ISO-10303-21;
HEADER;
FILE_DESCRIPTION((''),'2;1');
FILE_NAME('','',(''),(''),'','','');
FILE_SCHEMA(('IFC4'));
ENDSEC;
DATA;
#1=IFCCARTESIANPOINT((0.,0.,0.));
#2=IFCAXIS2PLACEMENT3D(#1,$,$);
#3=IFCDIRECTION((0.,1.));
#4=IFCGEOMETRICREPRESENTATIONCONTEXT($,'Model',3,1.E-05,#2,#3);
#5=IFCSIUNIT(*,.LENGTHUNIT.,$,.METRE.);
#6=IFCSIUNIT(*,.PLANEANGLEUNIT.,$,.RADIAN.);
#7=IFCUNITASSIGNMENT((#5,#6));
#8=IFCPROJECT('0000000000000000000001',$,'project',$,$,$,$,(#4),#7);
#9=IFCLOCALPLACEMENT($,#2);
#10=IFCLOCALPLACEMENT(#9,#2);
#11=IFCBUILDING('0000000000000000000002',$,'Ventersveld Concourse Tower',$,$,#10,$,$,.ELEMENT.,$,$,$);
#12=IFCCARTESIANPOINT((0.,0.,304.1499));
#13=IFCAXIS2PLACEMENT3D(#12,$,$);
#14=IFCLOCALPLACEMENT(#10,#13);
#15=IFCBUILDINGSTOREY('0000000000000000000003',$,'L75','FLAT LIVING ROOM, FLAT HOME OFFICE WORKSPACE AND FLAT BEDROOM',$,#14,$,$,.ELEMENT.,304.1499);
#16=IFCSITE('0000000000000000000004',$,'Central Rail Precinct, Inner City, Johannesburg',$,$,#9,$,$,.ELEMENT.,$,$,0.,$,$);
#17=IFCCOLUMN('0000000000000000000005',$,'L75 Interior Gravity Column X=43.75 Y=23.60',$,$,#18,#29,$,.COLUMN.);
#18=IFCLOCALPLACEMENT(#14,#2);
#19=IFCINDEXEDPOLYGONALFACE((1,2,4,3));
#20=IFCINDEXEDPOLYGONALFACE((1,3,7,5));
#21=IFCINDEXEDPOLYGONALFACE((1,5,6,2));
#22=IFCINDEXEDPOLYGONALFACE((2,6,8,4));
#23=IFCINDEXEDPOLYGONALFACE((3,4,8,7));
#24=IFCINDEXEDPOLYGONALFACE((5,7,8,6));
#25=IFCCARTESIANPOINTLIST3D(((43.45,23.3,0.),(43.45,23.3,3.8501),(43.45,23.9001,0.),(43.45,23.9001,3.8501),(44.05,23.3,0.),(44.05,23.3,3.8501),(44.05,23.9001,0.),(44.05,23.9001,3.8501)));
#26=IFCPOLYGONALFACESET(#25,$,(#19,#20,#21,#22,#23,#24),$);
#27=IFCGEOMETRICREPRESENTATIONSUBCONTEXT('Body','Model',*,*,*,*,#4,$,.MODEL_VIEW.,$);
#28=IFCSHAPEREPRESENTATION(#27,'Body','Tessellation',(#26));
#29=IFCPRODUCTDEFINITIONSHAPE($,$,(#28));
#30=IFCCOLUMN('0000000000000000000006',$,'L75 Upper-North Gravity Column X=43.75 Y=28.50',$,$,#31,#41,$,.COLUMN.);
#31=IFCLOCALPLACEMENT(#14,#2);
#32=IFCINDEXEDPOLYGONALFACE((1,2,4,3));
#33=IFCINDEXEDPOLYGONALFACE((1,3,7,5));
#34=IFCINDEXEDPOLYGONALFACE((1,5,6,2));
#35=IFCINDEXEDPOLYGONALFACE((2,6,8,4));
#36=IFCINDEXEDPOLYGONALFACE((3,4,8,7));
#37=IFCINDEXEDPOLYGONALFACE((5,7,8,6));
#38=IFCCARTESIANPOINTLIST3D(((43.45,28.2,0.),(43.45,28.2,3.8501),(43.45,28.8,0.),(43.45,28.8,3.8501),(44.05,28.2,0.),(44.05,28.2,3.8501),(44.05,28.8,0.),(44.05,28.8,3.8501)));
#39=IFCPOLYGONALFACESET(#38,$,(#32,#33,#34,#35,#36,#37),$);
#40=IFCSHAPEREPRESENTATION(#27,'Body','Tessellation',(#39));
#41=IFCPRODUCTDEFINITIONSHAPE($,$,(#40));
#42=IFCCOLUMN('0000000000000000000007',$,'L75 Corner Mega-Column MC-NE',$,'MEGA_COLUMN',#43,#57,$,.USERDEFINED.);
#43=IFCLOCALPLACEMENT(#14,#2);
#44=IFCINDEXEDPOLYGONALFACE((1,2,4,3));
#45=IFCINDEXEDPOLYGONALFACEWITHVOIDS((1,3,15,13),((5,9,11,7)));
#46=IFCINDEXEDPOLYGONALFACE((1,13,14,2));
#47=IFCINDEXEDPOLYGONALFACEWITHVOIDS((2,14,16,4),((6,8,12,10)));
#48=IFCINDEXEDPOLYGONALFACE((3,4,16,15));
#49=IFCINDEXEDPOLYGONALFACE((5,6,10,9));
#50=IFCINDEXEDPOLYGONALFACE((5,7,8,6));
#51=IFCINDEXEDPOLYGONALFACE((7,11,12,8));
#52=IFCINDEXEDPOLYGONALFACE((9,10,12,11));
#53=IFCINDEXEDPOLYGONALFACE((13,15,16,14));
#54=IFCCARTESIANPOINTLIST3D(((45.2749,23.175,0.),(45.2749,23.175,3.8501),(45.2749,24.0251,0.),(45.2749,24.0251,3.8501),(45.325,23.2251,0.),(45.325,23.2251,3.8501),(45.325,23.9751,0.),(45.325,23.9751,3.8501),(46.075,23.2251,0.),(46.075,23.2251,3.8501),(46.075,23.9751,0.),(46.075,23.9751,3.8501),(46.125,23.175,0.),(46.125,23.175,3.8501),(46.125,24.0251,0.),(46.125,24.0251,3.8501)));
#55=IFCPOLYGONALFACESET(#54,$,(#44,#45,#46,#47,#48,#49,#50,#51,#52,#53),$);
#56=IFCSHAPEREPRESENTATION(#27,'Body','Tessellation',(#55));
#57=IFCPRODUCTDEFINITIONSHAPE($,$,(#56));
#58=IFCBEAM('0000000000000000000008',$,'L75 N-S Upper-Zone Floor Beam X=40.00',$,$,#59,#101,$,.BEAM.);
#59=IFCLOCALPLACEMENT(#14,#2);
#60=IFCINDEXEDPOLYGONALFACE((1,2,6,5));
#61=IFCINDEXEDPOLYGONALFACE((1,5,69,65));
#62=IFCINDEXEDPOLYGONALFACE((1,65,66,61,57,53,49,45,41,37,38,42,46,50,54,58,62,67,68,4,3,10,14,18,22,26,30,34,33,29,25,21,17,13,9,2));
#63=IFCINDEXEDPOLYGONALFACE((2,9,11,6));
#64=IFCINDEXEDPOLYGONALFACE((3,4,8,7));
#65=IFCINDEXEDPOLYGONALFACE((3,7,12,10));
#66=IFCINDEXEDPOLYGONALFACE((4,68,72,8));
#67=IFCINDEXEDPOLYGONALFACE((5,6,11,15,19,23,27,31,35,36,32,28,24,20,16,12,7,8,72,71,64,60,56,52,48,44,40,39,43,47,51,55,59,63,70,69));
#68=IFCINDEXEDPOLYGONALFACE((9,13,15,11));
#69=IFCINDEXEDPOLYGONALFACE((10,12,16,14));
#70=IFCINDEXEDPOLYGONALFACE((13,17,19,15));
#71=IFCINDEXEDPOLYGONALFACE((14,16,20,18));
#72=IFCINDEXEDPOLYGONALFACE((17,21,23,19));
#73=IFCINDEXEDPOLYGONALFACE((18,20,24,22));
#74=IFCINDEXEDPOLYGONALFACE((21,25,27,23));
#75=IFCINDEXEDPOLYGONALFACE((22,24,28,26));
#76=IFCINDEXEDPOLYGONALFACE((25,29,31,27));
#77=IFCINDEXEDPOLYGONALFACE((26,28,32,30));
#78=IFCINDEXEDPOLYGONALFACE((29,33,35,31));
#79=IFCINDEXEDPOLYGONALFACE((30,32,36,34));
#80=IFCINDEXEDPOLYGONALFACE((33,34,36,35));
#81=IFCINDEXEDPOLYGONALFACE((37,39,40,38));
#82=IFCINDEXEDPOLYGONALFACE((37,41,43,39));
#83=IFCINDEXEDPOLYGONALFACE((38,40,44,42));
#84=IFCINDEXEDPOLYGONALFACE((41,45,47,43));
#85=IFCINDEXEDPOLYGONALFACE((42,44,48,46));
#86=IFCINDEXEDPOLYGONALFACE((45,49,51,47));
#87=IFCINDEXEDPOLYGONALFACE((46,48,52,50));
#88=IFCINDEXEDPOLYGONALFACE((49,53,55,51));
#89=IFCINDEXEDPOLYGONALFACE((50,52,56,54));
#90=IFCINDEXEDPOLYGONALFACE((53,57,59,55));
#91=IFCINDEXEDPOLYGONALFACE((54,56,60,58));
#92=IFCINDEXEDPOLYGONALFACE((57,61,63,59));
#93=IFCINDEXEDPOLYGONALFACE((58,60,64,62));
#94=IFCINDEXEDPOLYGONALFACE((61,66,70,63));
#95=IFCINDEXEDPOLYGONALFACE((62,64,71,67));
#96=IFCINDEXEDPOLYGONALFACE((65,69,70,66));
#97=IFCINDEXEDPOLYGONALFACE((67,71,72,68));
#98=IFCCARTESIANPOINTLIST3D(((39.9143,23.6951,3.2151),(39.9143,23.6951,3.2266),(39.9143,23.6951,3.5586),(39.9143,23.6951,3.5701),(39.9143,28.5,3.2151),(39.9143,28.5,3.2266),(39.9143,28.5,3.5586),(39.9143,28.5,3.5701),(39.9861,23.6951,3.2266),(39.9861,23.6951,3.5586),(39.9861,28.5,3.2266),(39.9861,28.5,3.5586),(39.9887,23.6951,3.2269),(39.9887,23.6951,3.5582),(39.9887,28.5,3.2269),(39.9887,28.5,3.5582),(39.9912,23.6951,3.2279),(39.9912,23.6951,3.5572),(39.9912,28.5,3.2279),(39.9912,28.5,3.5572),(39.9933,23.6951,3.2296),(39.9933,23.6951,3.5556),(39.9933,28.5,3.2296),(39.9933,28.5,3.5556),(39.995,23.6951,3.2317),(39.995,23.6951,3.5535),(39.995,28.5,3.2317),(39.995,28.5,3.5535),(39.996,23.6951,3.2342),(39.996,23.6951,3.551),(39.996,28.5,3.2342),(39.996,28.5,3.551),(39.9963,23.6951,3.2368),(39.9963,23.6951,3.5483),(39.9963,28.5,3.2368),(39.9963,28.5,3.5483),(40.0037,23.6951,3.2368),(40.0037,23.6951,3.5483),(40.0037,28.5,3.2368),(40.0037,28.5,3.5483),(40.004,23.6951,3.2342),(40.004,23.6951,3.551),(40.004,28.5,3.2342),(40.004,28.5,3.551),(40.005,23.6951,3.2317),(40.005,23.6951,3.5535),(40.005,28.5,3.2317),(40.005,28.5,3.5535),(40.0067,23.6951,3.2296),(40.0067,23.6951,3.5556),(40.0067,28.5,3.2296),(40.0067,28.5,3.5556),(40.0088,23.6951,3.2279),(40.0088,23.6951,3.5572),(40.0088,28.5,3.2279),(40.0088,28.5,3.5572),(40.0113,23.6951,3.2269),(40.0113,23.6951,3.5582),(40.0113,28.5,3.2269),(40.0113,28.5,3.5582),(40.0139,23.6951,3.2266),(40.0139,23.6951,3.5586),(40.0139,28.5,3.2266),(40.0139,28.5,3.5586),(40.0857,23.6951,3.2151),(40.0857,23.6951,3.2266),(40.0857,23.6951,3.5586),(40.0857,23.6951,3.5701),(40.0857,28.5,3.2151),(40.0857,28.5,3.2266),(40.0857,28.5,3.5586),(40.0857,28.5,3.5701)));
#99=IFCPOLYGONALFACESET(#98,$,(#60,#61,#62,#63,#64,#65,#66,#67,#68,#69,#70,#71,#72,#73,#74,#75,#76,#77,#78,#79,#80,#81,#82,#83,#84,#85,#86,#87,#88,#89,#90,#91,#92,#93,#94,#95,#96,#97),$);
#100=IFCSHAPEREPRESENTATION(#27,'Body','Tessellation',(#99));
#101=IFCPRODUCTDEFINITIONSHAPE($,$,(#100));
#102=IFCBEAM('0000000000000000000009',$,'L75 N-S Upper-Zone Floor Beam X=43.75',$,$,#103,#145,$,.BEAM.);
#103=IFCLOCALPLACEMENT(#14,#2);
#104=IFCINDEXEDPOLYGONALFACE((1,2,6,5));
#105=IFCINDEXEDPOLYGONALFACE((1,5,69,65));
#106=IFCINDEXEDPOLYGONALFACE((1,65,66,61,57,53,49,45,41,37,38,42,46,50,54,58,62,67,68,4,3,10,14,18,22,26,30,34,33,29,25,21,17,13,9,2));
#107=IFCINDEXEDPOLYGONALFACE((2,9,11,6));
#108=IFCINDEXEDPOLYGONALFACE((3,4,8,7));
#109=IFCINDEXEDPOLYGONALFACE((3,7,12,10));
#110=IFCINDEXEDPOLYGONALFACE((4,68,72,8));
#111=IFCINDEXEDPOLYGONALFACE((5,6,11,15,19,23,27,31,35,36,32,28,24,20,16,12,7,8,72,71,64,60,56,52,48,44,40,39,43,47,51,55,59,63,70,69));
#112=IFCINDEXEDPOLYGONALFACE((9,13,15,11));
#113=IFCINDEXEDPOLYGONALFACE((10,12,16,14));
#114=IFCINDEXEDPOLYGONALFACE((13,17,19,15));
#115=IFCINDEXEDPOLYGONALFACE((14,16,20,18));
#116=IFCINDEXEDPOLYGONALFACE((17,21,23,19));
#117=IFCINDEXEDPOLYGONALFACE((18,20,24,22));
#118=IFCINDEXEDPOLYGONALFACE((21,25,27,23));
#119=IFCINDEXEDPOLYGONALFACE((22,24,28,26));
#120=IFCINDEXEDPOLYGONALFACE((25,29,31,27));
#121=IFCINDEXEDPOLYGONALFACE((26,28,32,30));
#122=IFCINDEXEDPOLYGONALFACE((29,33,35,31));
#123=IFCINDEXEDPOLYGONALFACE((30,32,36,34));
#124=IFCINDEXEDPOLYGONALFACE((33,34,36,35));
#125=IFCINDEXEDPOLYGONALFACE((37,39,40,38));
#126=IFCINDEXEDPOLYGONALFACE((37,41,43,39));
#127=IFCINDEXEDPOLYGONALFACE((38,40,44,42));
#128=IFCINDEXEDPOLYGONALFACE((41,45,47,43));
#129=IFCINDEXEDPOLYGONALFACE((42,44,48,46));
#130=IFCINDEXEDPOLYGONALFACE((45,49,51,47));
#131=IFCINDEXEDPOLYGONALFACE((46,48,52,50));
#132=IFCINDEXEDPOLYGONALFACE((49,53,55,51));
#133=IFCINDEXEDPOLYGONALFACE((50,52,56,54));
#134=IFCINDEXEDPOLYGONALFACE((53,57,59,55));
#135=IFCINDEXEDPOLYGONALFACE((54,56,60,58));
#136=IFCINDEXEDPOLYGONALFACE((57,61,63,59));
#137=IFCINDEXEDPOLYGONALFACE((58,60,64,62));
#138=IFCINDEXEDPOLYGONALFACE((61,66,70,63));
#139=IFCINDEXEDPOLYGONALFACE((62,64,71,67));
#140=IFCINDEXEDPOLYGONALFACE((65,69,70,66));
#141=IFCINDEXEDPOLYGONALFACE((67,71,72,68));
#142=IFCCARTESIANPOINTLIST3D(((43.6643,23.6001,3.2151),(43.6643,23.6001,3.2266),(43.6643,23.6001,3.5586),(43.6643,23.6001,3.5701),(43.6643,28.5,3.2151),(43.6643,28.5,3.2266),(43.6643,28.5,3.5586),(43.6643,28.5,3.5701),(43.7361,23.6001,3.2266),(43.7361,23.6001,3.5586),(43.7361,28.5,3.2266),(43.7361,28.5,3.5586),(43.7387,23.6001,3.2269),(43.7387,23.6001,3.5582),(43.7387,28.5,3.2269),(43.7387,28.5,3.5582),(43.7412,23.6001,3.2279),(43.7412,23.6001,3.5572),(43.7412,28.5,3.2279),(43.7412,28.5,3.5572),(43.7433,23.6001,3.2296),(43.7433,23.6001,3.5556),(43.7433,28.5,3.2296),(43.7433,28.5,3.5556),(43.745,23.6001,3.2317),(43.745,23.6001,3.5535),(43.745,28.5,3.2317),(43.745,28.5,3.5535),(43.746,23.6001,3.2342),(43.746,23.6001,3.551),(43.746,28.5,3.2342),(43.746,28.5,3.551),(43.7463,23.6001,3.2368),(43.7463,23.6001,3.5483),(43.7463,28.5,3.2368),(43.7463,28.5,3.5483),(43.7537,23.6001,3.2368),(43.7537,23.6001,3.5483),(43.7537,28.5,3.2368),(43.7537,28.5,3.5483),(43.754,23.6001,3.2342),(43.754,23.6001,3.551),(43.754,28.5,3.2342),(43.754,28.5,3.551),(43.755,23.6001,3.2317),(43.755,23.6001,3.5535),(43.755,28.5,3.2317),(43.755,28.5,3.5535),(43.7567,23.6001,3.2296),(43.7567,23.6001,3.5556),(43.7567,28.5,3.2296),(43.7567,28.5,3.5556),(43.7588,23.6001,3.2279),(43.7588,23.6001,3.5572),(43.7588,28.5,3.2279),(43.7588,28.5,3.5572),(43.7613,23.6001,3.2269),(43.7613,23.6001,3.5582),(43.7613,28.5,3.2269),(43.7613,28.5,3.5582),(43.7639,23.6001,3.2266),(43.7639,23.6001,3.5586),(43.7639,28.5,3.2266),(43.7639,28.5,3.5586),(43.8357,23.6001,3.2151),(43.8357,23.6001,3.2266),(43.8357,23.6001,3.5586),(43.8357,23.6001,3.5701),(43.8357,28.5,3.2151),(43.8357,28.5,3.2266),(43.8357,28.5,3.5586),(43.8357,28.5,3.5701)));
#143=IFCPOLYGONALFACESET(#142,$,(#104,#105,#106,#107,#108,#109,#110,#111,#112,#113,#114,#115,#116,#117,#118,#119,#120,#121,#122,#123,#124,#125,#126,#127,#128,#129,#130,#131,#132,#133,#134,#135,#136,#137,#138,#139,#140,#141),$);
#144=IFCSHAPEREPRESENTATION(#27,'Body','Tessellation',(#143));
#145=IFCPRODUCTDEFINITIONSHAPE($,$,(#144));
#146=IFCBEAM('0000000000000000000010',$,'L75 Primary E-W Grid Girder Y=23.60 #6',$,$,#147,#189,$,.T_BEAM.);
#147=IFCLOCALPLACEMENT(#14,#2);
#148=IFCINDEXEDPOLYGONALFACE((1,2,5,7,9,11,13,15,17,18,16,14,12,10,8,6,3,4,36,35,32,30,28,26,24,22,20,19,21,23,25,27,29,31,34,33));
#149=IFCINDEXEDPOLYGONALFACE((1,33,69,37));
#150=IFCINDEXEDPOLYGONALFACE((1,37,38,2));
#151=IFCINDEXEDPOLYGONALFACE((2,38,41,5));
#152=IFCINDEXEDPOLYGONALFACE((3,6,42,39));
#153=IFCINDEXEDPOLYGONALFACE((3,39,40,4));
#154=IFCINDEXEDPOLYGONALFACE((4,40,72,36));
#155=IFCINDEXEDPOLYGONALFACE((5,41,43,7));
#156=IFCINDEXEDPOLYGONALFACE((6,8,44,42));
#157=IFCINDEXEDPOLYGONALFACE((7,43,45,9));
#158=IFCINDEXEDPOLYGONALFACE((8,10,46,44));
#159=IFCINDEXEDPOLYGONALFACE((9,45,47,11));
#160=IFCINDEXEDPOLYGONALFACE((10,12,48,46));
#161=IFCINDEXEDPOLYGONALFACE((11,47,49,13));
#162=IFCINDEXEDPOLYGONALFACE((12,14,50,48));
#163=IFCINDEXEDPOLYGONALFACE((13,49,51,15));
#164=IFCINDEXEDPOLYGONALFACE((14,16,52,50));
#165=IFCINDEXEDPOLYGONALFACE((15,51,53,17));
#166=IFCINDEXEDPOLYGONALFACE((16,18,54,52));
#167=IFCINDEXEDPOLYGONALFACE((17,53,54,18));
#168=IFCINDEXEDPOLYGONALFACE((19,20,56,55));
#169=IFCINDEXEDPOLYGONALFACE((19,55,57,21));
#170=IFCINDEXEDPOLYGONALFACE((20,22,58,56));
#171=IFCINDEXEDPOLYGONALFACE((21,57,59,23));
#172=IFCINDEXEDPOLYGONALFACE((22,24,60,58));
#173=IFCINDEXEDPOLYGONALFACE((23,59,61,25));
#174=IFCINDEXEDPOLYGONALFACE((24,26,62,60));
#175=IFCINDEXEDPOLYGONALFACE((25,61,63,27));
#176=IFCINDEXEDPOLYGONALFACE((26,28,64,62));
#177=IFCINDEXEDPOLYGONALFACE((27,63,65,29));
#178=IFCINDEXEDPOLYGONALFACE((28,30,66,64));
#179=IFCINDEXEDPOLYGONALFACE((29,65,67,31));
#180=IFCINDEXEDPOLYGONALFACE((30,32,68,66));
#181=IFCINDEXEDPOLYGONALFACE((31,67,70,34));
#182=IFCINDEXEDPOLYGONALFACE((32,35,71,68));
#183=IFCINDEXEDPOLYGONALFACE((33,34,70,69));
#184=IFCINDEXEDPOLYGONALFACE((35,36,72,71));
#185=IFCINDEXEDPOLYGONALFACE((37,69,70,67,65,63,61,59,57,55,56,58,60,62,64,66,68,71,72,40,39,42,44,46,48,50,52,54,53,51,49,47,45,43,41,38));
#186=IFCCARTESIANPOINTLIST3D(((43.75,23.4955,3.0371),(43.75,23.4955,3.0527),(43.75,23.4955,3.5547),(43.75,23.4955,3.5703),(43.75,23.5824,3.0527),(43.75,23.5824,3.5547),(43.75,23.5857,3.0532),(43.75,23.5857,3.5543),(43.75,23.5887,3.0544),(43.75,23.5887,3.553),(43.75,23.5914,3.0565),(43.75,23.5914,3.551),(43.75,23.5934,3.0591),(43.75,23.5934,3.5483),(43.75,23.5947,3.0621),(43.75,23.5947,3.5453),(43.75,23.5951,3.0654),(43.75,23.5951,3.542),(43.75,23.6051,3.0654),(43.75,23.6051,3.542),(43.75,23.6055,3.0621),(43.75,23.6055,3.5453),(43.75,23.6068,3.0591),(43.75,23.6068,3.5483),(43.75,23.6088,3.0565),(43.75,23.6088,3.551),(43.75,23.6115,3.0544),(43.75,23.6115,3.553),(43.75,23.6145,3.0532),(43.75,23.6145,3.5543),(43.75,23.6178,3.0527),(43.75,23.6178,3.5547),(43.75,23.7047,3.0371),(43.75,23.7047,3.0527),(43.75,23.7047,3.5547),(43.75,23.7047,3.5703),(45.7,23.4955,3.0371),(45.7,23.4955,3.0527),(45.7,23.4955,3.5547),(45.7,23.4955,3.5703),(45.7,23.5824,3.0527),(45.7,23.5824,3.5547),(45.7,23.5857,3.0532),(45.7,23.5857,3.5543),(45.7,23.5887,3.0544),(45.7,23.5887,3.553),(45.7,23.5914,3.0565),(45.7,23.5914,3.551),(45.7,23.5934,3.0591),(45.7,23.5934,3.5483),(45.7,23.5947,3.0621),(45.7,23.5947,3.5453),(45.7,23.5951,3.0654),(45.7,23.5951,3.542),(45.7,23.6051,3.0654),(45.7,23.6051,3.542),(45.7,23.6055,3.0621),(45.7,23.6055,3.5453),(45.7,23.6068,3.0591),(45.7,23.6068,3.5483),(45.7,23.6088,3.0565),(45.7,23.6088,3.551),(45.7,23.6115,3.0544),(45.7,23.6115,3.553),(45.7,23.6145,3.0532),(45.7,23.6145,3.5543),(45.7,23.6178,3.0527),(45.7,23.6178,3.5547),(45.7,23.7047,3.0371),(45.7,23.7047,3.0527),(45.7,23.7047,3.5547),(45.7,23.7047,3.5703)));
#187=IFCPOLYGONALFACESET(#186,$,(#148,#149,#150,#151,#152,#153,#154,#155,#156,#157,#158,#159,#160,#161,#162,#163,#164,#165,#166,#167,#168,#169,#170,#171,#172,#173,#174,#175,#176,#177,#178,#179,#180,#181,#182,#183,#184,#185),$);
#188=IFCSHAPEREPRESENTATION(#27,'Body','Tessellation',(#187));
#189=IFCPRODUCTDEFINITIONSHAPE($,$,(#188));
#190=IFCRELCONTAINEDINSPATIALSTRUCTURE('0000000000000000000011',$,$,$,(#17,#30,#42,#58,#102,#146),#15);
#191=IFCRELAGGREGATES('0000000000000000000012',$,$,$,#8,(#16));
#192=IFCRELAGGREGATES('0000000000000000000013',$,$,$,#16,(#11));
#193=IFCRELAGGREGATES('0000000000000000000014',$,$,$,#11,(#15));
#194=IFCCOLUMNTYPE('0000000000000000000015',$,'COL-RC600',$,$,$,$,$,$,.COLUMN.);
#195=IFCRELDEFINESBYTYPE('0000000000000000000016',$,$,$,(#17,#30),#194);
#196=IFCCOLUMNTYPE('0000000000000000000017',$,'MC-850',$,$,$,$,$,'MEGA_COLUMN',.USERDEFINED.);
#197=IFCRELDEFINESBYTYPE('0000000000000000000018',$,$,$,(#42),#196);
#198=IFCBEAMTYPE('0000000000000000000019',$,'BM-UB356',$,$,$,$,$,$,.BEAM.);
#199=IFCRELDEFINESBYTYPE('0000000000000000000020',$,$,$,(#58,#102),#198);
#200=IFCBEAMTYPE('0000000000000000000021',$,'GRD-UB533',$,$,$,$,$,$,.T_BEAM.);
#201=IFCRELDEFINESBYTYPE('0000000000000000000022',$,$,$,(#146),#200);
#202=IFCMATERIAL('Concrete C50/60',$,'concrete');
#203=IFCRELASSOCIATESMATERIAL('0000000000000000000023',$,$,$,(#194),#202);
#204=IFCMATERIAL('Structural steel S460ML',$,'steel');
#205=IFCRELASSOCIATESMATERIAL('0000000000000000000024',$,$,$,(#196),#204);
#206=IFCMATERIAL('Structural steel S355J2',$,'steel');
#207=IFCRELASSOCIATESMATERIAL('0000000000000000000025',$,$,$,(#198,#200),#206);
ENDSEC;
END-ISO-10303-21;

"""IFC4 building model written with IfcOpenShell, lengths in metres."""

from ifc_helpers import new_model, si_unit, direction, frame, origin, origin_2d, place, context, subcontext, project, spatial, rectangle, hollow_rectangle, i_section, extrude, material, material_profile, profile_set, type_object, element, save


model = new_model("IFC4")

# Units and contexts
model_context = context("Model", 3, precision=1e-05, world=origin(), true_north=direction((0.0, 1.0)))
body_context = subcontext(model_context, "Body", "Model", "MODEL_VIEW")
ifc_project = project(units=[si_unit("LENGTHUNIT", "METRE"), si_unit("PLANEANGLEUNIT", "RADIAN")], contexts=[model_context])

# Site, building, storey
site_placement = place(None, origin())
site = spatial("IfcSite", under=ifc_project, at=site_placement, Name="Central Rail Precinct, Inner City, Johannesburg", CompositionType="ELEMENT", RefElevation=0.0)
building_placement = place(site_placement, origin())
building = spatial("IfcBuilding", under=site, at=building_placement, Name="Ventersveld Concourse Tower", CompositionType="ELEMENT")
storey_placement = place(building_placement, frame((0.0, 0.0, 304.1499)))
storey = spatial("IfcBuildingStorey", under=building, at=storey_placement, Name="L75", Description="FLAT LIVING ROOM, FLAT HOME OFFICE WORKSPACE AND FLAT BEDROOM", CompositionType="ELEMENT", Elevation=304.1499)

# Columns
ifc_material_1 = material(Name="Concrete C50/60", Category="concrete")
ifc_material_profile_1 = material_profile(ifc_material_1, rectangle(XDim=0.6001, YDim=0.6001, at=origin_2d()), Name="RC 600x600")
ifc_profile_set_1 = profile_set([ifc_material_profile_1], Name="Concrete C50/60")
column_type_1 = type_object("IfcColumnType", Name="COL-RC600", PredefinedType="COLUMN", material=ifc_profile_set_1)
for number, where, z_axis, x_axis, name in (
    (1, (43.75, 23.6001, 0.0), (0.0, 0.0, 1.0), (1.0, 0.0, 0.0), "L75 Interior Gravity Column X=43.75 Y=23.60"),
    (2, (43.75, 28.5, 0.0), (0.0, 0.0, 1.0), (1.0, 0.0, 0.0), "L75 Upper-North Gravity Column X=43.75 Y=28.50"),
):
    element("IfcColumn", number, at=place(storey_placement, frame(where, z_axis=z_axis, x_axis=x_axis)), inside=storey, type_object=column_type_1, Name=name, PredefinedType="COLUMN", context=body_context, shape_type="SweptSolid", body=[
        extrude(rectangle(XDim=0.6001, YDim=0.6001, at=origin_2d()), origin(), (0.0, 0.0, 1.0), 3.8501),
    ])
ifc_material_2 = material(Name="Structural steel S460ML", Category="steel")
ifc_material_profile_2 = material_profile(ifc_material_2, hollow_rectangle(XDim=0.8501, YDim=0.8501, WallThickness=0.05, at=origin_2d()), Name="BOX 850x850x50")
ifc_profile_set_2 = profile_set([ifc_material_profile_2], Name="Structural steel S460ML")
column_type_2 = type_object("IfcColumnType", Name="MC-850", ElementType="MEGA_COLUMN", PredefinedType="USERDEFINED", material=ifc_profile_set_2)
column_placement = place(storey_placement, frame((45.7, 23.6001, 0.0), z_axis=(0.0, 0.0, 1.0), x_axis=(1.0, 0.0, 0.0)))
element("IfcColumn", 3, at=column_placement, inside=storey, type_object=column_type_2, Name="L75 Corner Mega-Column MC-NE", ObjectType="MEGA_COLUMN", PredefinedType="USERDEFINED", context=body_context, shape_type="SweptSolid", body=[
    extrude(hollow_rectangle(XDim=0.8501, YDim=0.8501, WallThickness=0.05, at=origin_2d()), origin(), (0.0, 0.0, 1.0), 3.8501),
])

# Beams
ifc_material_3 = material(Name="Structural steel S355J2", Category="steel")
ifc_material_profile_3 = material_profile(ifc_material_3, i_section(OverallWidth=0.1714, OverallDepth=0.355, WebThickness=0.0073, FlangeThickness=0.0115, FilletRadius=0.0103, at=origin_2d()), Name="UB 356x171x51")
ifc_profile_set_3 = profile_set([ifc_material_profile_3], Name="Structural steel S355J2")
beam_type_1 = type_object("IfcBeamType", Name="BM-UB356", PredefinedType="BEAM", material=ifc_profile_set_3)
beam_1_placement = place(storey_placement, frame((40.0, 23.6951, 3.3926), z_axis=(0.0, 1.0, 0.0), x_axis=(-1.0, 0.0, 0.0)))
element("IfcBeam", 4, at=beam_1_placement, inside=storey, type_object=beam_type_1, Name="L75 N-S Upper-Zone Floor Beam X=40.00", PredefinedType="BEAM", context=body_context, shape_type="SweptSolid", body=[
    extrude(i_section(OverallWidth=0.1714, OverallDepth=0.355, WebThickness=0.0073, FlangeThickness=0.0115, FilletRadius=0.0103, at=origin_2d()), origin(), (0.0, 0.0, 1.0), 4.8049),
])
beam_2_placement = place(storey_placement, frame((43.75, 23.6001, 3.3926), z_axis=(0.0, 1.0, 0.0), x_axis=(-1.0, 0.0, 0.0)))
element("IfcBeam", 5, at=beam_2_placement, inside=storey, type_object=beam_type_1, Name="L75 N-S Upper-Zone Floor Beam X=43.75", PredefinedType="BEAM", context=body_context, shape_type="SweptSolid", body=[
    extrude(i_section(OverallWidth=0.1714, OverallDepth=0.355, WebThickness=0.0073, FlangeThickness=0.0115, FilletRadius=0.0103, at=origin_2d()), origin(), (0.0, 0.0, 1.0), 4.8999),
])
ifc_material_profile_4 = material_profile(ifc_material_3, i_section(OverallWidth=0.2092, OverallDepth=0.5332, WebThickness=0.01, FlangeThickness=0.0156, FilletRadius=0.0127, at=origin_2d()), Name="UB 533x210x92")
ifc_profile_set_4 = profile_set([ifc_material_profile_4], Name="Structural steel S355J2")
beam_type_2 = type_object("IfcBeamType", Name="GRD-UB533", PredefinedType="T_BEAM", material=ifc_profile_set_4)
beam_3_placement = place(storey_placement, frame((43.75, 23.6001, 3.3037), z_axis=(1.0, 0.0, 0.0), x_axis=(0.0, 1.0, 0.0)))
element("IfcBeam", 6, at=beam_3_placement, inside=storey, type_object=beam_type_2, Name="L75 Primary E-W Grid Girder Y=23.60 #6", PredefinedType="T_BEAM", context=body_context, shape_type="SweptSolid", body=[
    extrude(i_section(OverallWidth=0.2092, OverallDepth=0.5332, WebThickness=0.01, FlangeThickness=0.0156, FilletRadius=0.0127, at=origin_2d()), origin(), (0.0, 0.0, 1.0), 1.95),
])

save(model, "model.ifc")
